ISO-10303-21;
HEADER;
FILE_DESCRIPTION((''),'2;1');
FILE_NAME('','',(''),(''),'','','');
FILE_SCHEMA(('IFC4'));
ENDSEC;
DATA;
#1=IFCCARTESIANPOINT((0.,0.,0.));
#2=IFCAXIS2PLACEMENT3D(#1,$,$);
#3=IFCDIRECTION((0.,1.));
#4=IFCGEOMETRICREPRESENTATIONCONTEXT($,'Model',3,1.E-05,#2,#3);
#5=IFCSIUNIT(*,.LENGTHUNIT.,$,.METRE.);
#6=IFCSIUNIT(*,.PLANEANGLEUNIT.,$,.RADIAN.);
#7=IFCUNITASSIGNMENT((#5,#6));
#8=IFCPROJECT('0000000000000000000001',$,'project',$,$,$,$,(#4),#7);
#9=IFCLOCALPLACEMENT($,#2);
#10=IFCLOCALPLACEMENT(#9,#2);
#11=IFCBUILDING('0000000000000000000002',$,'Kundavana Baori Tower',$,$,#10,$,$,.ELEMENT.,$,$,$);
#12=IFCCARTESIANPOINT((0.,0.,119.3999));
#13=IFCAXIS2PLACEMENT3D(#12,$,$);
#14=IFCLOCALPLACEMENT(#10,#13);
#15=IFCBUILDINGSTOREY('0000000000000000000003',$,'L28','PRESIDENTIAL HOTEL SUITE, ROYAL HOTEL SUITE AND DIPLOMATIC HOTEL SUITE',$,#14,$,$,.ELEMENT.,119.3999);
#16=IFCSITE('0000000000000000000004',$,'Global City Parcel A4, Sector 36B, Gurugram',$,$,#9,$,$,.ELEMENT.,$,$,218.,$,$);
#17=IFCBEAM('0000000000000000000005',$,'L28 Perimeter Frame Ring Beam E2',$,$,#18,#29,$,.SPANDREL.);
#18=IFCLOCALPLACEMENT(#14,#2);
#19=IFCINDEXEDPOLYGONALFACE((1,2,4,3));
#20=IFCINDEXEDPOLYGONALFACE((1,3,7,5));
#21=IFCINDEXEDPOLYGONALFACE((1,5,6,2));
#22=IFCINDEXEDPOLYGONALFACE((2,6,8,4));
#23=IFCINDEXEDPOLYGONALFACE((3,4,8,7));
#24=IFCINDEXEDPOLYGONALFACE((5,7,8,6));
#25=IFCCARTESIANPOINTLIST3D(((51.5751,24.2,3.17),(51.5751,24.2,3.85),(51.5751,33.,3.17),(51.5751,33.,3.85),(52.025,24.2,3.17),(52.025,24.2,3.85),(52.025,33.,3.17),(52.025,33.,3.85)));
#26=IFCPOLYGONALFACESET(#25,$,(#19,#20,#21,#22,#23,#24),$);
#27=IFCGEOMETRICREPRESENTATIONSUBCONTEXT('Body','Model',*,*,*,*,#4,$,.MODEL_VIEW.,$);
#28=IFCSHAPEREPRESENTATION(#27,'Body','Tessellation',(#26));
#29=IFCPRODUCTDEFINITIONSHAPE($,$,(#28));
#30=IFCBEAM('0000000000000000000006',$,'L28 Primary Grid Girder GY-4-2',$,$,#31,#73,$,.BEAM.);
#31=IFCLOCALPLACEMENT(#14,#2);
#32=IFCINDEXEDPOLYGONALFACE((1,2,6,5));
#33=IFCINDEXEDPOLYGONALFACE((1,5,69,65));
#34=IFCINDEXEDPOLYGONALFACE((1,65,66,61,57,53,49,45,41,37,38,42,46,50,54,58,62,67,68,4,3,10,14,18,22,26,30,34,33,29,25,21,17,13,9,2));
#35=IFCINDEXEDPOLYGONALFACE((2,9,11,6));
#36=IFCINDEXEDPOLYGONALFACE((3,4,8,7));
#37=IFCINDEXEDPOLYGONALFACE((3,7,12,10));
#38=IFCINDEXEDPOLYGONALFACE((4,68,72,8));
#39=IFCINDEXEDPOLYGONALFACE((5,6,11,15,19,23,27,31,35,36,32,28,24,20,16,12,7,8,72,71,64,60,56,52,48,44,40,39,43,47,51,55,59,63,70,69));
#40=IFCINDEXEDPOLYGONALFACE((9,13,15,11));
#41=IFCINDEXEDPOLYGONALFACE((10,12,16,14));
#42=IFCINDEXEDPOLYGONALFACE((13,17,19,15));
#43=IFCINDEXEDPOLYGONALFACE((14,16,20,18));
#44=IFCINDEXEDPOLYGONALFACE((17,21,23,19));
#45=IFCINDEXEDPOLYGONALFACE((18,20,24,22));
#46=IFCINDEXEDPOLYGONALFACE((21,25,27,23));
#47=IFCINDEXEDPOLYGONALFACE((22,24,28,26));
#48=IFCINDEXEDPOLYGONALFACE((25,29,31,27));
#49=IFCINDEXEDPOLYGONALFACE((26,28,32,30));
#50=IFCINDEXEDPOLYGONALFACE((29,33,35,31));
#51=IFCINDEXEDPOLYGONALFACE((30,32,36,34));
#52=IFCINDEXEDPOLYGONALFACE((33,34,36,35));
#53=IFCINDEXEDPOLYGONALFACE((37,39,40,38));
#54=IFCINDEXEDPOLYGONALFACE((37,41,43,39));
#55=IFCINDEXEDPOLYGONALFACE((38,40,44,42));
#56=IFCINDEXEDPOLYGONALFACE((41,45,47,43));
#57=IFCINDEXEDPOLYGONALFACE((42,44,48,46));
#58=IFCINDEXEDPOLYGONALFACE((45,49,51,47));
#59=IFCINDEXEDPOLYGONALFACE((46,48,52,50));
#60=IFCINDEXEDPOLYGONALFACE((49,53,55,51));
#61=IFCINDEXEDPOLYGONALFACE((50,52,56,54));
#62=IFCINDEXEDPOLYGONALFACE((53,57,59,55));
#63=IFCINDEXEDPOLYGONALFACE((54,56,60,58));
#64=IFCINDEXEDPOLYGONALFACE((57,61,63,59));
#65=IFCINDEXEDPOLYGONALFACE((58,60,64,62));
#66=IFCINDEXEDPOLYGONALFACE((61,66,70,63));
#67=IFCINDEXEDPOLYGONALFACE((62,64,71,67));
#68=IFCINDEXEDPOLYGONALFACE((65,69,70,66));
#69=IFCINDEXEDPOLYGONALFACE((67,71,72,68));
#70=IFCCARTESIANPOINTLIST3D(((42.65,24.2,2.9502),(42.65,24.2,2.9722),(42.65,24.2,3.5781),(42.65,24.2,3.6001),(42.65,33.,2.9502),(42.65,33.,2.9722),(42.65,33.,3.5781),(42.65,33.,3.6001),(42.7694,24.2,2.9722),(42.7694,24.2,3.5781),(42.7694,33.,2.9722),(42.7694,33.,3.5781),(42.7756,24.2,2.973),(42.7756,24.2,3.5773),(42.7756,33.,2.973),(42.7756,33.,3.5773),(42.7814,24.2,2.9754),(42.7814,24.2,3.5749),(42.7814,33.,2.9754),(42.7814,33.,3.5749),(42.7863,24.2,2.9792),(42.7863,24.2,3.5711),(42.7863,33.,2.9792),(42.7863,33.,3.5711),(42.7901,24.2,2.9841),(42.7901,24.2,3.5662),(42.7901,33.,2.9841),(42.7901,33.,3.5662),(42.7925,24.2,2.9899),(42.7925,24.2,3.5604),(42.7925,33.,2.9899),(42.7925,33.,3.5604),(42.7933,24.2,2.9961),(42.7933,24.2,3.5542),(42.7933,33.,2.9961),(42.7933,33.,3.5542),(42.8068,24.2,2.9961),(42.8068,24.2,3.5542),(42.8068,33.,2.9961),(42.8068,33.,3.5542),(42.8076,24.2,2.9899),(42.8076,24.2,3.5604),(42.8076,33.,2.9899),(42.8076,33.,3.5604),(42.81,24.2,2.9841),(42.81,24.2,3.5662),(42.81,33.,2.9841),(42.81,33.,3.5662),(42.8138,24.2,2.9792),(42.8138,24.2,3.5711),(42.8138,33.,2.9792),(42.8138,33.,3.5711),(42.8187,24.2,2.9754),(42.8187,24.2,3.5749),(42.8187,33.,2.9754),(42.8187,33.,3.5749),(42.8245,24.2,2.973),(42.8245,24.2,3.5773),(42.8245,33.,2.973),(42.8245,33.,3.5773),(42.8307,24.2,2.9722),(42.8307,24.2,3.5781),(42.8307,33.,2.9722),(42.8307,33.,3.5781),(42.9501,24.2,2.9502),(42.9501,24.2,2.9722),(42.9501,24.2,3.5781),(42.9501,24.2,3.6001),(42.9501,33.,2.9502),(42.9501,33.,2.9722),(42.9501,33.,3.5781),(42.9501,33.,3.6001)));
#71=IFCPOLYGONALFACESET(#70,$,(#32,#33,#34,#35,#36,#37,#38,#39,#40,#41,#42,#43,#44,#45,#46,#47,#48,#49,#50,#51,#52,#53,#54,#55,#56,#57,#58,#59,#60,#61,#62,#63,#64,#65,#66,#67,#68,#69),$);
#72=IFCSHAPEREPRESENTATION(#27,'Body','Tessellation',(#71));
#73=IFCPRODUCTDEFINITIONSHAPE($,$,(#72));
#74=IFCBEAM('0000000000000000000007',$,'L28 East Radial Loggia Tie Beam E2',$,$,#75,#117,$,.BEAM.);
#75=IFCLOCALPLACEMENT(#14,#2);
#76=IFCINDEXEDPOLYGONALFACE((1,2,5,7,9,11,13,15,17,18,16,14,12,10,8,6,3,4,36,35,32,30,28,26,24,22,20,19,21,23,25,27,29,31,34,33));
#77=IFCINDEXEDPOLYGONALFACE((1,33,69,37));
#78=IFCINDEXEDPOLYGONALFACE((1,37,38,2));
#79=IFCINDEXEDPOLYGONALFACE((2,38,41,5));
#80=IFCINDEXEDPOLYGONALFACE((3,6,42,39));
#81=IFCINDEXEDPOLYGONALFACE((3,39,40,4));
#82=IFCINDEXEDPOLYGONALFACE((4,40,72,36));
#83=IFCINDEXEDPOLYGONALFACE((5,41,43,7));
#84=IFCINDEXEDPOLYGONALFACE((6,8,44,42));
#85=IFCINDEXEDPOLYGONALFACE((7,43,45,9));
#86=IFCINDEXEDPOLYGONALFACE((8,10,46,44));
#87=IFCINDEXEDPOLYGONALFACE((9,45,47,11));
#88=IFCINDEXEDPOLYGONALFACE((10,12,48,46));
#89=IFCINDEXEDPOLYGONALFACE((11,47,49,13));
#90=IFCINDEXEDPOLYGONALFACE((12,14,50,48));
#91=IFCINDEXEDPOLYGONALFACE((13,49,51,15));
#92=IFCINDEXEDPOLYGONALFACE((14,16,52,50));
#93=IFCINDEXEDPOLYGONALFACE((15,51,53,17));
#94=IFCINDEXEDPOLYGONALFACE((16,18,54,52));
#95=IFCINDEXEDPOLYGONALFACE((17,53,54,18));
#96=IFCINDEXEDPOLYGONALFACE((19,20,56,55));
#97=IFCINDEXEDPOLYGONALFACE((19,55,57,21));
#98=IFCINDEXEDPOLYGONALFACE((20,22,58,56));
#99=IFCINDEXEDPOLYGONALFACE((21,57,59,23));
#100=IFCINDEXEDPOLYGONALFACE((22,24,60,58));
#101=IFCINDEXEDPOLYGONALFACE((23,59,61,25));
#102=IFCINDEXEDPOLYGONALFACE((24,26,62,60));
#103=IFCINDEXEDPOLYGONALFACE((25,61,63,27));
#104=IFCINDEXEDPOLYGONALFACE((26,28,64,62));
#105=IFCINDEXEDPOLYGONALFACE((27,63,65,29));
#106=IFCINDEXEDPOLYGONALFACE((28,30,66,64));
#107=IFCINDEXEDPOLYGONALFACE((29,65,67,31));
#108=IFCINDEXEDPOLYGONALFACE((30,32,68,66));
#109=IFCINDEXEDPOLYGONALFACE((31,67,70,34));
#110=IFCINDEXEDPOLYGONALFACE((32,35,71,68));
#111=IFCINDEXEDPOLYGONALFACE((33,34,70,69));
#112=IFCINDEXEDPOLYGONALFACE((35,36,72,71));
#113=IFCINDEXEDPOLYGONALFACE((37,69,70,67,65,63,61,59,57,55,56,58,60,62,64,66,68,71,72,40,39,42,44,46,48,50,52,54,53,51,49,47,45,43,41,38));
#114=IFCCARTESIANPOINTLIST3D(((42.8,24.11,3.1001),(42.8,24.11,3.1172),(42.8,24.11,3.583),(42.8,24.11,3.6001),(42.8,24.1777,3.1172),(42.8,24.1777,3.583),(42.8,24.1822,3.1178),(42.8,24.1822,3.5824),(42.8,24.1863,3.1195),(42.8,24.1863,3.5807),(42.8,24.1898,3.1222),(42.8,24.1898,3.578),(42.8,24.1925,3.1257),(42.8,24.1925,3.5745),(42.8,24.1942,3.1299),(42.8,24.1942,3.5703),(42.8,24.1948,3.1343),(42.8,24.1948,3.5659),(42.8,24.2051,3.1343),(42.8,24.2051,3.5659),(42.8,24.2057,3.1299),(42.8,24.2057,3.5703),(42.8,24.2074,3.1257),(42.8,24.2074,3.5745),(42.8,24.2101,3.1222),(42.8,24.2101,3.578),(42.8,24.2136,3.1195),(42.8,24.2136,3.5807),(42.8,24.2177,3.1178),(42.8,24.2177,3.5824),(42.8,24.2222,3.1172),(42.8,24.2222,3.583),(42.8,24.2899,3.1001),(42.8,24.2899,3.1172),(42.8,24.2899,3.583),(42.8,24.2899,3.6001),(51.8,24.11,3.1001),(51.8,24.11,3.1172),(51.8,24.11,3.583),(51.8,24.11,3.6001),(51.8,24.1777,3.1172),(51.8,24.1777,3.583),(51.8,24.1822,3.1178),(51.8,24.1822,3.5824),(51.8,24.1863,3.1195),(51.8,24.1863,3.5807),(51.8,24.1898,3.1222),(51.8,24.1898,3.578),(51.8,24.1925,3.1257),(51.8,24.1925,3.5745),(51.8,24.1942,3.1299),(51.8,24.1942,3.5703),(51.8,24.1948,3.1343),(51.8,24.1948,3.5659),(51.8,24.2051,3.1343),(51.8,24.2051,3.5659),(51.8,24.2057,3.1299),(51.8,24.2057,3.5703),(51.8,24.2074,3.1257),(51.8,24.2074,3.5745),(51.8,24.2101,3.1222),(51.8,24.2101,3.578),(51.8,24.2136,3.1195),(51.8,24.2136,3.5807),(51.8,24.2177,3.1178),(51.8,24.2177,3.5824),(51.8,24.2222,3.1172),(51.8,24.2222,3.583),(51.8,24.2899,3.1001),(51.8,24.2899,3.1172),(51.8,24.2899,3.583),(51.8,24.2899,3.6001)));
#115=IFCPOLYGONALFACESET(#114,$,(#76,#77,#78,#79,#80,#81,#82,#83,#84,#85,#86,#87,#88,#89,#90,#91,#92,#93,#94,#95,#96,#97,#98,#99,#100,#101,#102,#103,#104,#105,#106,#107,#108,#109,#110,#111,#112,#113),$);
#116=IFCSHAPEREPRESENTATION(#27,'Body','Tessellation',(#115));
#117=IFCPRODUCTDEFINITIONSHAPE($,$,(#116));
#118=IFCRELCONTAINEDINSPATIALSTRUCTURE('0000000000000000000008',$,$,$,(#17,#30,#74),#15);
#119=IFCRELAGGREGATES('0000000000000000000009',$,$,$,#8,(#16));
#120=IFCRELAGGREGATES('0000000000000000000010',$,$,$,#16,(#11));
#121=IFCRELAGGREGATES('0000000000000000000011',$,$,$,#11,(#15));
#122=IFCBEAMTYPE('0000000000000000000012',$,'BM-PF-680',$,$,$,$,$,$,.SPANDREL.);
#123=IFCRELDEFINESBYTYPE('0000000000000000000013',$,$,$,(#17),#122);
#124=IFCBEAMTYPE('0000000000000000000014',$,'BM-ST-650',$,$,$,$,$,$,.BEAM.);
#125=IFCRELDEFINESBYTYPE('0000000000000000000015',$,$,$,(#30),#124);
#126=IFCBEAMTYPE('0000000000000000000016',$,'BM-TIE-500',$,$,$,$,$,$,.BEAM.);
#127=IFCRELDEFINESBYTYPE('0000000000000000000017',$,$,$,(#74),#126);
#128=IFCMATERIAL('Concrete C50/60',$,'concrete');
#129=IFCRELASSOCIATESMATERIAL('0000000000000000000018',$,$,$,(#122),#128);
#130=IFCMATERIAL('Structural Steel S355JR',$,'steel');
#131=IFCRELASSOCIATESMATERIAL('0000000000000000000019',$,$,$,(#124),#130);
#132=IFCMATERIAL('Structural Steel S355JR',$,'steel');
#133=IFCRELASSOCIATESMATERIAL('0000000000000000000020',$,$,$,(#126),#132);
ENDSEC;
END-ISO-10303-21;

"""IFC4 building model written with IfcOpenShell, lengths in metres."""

from ifc_helpers import new_model, si_unit, direction, frame, origin, origin_2d, place, context, subcontext, project, spatial, rectangle, i_section, extrude, material, material_profile, profile_set, type_object, element, save


model = new_model("IFC4")

# Units and contexts
model_context = context("Model", 3, precision=1e-05, world=origin(), true_north=direction((0.0, 1.0)))
body_context = subcontext(model_context, "Body", "Model", "MODEL_VIEW")
ifc_project = project(units=[si_unit("LENGTHUNIT", "METRE"), si_unit("PLANEANGLEUNIT", "RADIAN")], contexts=[model_context])

# Site, building, storey
site_placement = place(None, origin())
site = spatial("IfcSite", under=ifc_project, at=site_placement, Name="Global City Parcel A4, Sector 36B, Gurugram", CompositionType="ELEMENT", RefElevation=218.0)
building_placement = place(site_placement, origin())
building = spatial("IfcBuilding", under=site, at=building_placement, Name="Kundavana Baori Tower", CompositionType="ELEMENT")
storey_placement = place(building_placement, frame((0.0, 0.0, 119.3999)))
storey = spatial("IfcBuildingStorey", under=building, at=storey_placement, Name="L28", Description="PRESIDENTIAL HOTEL SUITE, ROYAL HOTEL SUITE AND DIPLOMATIC HOTEL SUITE", CompositionType="ELEMENT", Elevation=119.3999)

# Beams
ifc_material_1 = material(Name="Concrete C50/60", Category="concrete")
ifc_material_profile_1 = material_profile(ifc_material_1, rectangle(XDim=0.45, YDim=0.6799, at=origin_2d()), Name="RC BM 450x680")
ifc_profile_set_1 = profile_set([ifc_material_profile_1], Name="Concrete C50/60")
beam_type_1 = type_object("IfcBeamType", Name="BM-PF-680", PredefinedType="SPANDREL", material=ifc_profile_set_1)
beam_1_placement = place(storey_placement, frame((51.8, 24.2, 3.51), z_axis=(0.0, 1.0, 0.0), x_axis=(-1.0, 0.0, 0.0)))
element("IfcBeam", 1, at=beam_1_placement, inside=storey, type_object=beam_type_1, Name="L28 Perimeter Frame Ring Beam E2", PredefinedType="SPANDREL", context=body_context, shape_type="SweptSolid", body=[
    extrude(rectangle(XDim=0.45, YDim=0.6799, at=origin_2d()), origin(), (0.0, 0.0, 1.0), 8.8),
])
ifc_material_2 = material(Name="Structural Steel S355JR", Category="steel")
ifc_material_profile_2 = material_profile(ifc_material_2, i_section(OverallWidth=0.3, OverallDepth=0.6499, WebThickness=0.0134, FlangeThickness=0.022, FilletRadius=0.0239, at=origin_2d()), Name="NPB 650x300x155")
ifc_profile_set_2 = profile_set([ifc_material_profile_2], Name="Structural Steel S355JR")
beam_type_2 = type_object("IfcBeamType", Name="BM-ST-650", PredefinedType="BEAM", material=ifc_profile_set_2)
beam_2_placement = place(storey_placement, frame((42.8, 24.2, 3.2751), z_axis=(0.0, 1.0, 0.0), x_axis=(-1.0, 0.0, 0.0)))
element("IfcBeam", 2, at=beam_2_placement, inside=storey, type_object=beam_type_2, Name="L28 Primary Grid Girder GY-4-2", PredefinedType="BEAM", context=body_context, shape_type="SweptSolid", body=[
    extrude(i_section(OverallWidth=0.3, OverallDepth=0.6499, WebThickness=0.0134, FlangeThickness=0.022, FilletRadius=0.0239, at=origin_2d()), origin(), (0.0, 0.0, 1.0), 8.8),
])
ifc_material_3 = material(Name="Structural Steel S355JR", Category="steel")
ifc_material_profile_3 = material_profile(ifc_material_3, i_section(OverallWidth=0.1799, OverallDepth=0.5, WebThickness=0.0103, FlangeThickness=0.0171, FilletRadius=0.0171, at=origin_2d()), Name="ISMB 500")
ifc_profile_set_3 = profile_set([ifc_material_profile_3], Name="Structural Steel S355JR")
beam_type_3 = type_object("IfcBeamType", Name="BM-TIE-500", PredefinedType="BEAM", material=ifc_profile_set_3)
beam_3_placement = place(storey_placement, frame((42.8, 24.2, 3.3501), z_axis=(1.0, 0.0, 0.0), x_axis=(0.0, 1.0, 0.0)))
element("IfcBeam", 3, at=beam_3_placement, inside=storey, type_object=beam_type_3, Name="L28 East Radial Loggia Tie Beam E2", PredefinedType="BEAM", context=body_context, shape_type="SweptSolid", body=[
    extrude(i_section(OverallWidth=0.1799, OverallDepth=0.5, WebThickness=0.0103, FlangeThickness=0.0171, FilletRadius=0.0171, at=origin_2d()), origin(), (0.0, 0.0, 1.0), 9.0),
])

save(model, "model.ifc")
